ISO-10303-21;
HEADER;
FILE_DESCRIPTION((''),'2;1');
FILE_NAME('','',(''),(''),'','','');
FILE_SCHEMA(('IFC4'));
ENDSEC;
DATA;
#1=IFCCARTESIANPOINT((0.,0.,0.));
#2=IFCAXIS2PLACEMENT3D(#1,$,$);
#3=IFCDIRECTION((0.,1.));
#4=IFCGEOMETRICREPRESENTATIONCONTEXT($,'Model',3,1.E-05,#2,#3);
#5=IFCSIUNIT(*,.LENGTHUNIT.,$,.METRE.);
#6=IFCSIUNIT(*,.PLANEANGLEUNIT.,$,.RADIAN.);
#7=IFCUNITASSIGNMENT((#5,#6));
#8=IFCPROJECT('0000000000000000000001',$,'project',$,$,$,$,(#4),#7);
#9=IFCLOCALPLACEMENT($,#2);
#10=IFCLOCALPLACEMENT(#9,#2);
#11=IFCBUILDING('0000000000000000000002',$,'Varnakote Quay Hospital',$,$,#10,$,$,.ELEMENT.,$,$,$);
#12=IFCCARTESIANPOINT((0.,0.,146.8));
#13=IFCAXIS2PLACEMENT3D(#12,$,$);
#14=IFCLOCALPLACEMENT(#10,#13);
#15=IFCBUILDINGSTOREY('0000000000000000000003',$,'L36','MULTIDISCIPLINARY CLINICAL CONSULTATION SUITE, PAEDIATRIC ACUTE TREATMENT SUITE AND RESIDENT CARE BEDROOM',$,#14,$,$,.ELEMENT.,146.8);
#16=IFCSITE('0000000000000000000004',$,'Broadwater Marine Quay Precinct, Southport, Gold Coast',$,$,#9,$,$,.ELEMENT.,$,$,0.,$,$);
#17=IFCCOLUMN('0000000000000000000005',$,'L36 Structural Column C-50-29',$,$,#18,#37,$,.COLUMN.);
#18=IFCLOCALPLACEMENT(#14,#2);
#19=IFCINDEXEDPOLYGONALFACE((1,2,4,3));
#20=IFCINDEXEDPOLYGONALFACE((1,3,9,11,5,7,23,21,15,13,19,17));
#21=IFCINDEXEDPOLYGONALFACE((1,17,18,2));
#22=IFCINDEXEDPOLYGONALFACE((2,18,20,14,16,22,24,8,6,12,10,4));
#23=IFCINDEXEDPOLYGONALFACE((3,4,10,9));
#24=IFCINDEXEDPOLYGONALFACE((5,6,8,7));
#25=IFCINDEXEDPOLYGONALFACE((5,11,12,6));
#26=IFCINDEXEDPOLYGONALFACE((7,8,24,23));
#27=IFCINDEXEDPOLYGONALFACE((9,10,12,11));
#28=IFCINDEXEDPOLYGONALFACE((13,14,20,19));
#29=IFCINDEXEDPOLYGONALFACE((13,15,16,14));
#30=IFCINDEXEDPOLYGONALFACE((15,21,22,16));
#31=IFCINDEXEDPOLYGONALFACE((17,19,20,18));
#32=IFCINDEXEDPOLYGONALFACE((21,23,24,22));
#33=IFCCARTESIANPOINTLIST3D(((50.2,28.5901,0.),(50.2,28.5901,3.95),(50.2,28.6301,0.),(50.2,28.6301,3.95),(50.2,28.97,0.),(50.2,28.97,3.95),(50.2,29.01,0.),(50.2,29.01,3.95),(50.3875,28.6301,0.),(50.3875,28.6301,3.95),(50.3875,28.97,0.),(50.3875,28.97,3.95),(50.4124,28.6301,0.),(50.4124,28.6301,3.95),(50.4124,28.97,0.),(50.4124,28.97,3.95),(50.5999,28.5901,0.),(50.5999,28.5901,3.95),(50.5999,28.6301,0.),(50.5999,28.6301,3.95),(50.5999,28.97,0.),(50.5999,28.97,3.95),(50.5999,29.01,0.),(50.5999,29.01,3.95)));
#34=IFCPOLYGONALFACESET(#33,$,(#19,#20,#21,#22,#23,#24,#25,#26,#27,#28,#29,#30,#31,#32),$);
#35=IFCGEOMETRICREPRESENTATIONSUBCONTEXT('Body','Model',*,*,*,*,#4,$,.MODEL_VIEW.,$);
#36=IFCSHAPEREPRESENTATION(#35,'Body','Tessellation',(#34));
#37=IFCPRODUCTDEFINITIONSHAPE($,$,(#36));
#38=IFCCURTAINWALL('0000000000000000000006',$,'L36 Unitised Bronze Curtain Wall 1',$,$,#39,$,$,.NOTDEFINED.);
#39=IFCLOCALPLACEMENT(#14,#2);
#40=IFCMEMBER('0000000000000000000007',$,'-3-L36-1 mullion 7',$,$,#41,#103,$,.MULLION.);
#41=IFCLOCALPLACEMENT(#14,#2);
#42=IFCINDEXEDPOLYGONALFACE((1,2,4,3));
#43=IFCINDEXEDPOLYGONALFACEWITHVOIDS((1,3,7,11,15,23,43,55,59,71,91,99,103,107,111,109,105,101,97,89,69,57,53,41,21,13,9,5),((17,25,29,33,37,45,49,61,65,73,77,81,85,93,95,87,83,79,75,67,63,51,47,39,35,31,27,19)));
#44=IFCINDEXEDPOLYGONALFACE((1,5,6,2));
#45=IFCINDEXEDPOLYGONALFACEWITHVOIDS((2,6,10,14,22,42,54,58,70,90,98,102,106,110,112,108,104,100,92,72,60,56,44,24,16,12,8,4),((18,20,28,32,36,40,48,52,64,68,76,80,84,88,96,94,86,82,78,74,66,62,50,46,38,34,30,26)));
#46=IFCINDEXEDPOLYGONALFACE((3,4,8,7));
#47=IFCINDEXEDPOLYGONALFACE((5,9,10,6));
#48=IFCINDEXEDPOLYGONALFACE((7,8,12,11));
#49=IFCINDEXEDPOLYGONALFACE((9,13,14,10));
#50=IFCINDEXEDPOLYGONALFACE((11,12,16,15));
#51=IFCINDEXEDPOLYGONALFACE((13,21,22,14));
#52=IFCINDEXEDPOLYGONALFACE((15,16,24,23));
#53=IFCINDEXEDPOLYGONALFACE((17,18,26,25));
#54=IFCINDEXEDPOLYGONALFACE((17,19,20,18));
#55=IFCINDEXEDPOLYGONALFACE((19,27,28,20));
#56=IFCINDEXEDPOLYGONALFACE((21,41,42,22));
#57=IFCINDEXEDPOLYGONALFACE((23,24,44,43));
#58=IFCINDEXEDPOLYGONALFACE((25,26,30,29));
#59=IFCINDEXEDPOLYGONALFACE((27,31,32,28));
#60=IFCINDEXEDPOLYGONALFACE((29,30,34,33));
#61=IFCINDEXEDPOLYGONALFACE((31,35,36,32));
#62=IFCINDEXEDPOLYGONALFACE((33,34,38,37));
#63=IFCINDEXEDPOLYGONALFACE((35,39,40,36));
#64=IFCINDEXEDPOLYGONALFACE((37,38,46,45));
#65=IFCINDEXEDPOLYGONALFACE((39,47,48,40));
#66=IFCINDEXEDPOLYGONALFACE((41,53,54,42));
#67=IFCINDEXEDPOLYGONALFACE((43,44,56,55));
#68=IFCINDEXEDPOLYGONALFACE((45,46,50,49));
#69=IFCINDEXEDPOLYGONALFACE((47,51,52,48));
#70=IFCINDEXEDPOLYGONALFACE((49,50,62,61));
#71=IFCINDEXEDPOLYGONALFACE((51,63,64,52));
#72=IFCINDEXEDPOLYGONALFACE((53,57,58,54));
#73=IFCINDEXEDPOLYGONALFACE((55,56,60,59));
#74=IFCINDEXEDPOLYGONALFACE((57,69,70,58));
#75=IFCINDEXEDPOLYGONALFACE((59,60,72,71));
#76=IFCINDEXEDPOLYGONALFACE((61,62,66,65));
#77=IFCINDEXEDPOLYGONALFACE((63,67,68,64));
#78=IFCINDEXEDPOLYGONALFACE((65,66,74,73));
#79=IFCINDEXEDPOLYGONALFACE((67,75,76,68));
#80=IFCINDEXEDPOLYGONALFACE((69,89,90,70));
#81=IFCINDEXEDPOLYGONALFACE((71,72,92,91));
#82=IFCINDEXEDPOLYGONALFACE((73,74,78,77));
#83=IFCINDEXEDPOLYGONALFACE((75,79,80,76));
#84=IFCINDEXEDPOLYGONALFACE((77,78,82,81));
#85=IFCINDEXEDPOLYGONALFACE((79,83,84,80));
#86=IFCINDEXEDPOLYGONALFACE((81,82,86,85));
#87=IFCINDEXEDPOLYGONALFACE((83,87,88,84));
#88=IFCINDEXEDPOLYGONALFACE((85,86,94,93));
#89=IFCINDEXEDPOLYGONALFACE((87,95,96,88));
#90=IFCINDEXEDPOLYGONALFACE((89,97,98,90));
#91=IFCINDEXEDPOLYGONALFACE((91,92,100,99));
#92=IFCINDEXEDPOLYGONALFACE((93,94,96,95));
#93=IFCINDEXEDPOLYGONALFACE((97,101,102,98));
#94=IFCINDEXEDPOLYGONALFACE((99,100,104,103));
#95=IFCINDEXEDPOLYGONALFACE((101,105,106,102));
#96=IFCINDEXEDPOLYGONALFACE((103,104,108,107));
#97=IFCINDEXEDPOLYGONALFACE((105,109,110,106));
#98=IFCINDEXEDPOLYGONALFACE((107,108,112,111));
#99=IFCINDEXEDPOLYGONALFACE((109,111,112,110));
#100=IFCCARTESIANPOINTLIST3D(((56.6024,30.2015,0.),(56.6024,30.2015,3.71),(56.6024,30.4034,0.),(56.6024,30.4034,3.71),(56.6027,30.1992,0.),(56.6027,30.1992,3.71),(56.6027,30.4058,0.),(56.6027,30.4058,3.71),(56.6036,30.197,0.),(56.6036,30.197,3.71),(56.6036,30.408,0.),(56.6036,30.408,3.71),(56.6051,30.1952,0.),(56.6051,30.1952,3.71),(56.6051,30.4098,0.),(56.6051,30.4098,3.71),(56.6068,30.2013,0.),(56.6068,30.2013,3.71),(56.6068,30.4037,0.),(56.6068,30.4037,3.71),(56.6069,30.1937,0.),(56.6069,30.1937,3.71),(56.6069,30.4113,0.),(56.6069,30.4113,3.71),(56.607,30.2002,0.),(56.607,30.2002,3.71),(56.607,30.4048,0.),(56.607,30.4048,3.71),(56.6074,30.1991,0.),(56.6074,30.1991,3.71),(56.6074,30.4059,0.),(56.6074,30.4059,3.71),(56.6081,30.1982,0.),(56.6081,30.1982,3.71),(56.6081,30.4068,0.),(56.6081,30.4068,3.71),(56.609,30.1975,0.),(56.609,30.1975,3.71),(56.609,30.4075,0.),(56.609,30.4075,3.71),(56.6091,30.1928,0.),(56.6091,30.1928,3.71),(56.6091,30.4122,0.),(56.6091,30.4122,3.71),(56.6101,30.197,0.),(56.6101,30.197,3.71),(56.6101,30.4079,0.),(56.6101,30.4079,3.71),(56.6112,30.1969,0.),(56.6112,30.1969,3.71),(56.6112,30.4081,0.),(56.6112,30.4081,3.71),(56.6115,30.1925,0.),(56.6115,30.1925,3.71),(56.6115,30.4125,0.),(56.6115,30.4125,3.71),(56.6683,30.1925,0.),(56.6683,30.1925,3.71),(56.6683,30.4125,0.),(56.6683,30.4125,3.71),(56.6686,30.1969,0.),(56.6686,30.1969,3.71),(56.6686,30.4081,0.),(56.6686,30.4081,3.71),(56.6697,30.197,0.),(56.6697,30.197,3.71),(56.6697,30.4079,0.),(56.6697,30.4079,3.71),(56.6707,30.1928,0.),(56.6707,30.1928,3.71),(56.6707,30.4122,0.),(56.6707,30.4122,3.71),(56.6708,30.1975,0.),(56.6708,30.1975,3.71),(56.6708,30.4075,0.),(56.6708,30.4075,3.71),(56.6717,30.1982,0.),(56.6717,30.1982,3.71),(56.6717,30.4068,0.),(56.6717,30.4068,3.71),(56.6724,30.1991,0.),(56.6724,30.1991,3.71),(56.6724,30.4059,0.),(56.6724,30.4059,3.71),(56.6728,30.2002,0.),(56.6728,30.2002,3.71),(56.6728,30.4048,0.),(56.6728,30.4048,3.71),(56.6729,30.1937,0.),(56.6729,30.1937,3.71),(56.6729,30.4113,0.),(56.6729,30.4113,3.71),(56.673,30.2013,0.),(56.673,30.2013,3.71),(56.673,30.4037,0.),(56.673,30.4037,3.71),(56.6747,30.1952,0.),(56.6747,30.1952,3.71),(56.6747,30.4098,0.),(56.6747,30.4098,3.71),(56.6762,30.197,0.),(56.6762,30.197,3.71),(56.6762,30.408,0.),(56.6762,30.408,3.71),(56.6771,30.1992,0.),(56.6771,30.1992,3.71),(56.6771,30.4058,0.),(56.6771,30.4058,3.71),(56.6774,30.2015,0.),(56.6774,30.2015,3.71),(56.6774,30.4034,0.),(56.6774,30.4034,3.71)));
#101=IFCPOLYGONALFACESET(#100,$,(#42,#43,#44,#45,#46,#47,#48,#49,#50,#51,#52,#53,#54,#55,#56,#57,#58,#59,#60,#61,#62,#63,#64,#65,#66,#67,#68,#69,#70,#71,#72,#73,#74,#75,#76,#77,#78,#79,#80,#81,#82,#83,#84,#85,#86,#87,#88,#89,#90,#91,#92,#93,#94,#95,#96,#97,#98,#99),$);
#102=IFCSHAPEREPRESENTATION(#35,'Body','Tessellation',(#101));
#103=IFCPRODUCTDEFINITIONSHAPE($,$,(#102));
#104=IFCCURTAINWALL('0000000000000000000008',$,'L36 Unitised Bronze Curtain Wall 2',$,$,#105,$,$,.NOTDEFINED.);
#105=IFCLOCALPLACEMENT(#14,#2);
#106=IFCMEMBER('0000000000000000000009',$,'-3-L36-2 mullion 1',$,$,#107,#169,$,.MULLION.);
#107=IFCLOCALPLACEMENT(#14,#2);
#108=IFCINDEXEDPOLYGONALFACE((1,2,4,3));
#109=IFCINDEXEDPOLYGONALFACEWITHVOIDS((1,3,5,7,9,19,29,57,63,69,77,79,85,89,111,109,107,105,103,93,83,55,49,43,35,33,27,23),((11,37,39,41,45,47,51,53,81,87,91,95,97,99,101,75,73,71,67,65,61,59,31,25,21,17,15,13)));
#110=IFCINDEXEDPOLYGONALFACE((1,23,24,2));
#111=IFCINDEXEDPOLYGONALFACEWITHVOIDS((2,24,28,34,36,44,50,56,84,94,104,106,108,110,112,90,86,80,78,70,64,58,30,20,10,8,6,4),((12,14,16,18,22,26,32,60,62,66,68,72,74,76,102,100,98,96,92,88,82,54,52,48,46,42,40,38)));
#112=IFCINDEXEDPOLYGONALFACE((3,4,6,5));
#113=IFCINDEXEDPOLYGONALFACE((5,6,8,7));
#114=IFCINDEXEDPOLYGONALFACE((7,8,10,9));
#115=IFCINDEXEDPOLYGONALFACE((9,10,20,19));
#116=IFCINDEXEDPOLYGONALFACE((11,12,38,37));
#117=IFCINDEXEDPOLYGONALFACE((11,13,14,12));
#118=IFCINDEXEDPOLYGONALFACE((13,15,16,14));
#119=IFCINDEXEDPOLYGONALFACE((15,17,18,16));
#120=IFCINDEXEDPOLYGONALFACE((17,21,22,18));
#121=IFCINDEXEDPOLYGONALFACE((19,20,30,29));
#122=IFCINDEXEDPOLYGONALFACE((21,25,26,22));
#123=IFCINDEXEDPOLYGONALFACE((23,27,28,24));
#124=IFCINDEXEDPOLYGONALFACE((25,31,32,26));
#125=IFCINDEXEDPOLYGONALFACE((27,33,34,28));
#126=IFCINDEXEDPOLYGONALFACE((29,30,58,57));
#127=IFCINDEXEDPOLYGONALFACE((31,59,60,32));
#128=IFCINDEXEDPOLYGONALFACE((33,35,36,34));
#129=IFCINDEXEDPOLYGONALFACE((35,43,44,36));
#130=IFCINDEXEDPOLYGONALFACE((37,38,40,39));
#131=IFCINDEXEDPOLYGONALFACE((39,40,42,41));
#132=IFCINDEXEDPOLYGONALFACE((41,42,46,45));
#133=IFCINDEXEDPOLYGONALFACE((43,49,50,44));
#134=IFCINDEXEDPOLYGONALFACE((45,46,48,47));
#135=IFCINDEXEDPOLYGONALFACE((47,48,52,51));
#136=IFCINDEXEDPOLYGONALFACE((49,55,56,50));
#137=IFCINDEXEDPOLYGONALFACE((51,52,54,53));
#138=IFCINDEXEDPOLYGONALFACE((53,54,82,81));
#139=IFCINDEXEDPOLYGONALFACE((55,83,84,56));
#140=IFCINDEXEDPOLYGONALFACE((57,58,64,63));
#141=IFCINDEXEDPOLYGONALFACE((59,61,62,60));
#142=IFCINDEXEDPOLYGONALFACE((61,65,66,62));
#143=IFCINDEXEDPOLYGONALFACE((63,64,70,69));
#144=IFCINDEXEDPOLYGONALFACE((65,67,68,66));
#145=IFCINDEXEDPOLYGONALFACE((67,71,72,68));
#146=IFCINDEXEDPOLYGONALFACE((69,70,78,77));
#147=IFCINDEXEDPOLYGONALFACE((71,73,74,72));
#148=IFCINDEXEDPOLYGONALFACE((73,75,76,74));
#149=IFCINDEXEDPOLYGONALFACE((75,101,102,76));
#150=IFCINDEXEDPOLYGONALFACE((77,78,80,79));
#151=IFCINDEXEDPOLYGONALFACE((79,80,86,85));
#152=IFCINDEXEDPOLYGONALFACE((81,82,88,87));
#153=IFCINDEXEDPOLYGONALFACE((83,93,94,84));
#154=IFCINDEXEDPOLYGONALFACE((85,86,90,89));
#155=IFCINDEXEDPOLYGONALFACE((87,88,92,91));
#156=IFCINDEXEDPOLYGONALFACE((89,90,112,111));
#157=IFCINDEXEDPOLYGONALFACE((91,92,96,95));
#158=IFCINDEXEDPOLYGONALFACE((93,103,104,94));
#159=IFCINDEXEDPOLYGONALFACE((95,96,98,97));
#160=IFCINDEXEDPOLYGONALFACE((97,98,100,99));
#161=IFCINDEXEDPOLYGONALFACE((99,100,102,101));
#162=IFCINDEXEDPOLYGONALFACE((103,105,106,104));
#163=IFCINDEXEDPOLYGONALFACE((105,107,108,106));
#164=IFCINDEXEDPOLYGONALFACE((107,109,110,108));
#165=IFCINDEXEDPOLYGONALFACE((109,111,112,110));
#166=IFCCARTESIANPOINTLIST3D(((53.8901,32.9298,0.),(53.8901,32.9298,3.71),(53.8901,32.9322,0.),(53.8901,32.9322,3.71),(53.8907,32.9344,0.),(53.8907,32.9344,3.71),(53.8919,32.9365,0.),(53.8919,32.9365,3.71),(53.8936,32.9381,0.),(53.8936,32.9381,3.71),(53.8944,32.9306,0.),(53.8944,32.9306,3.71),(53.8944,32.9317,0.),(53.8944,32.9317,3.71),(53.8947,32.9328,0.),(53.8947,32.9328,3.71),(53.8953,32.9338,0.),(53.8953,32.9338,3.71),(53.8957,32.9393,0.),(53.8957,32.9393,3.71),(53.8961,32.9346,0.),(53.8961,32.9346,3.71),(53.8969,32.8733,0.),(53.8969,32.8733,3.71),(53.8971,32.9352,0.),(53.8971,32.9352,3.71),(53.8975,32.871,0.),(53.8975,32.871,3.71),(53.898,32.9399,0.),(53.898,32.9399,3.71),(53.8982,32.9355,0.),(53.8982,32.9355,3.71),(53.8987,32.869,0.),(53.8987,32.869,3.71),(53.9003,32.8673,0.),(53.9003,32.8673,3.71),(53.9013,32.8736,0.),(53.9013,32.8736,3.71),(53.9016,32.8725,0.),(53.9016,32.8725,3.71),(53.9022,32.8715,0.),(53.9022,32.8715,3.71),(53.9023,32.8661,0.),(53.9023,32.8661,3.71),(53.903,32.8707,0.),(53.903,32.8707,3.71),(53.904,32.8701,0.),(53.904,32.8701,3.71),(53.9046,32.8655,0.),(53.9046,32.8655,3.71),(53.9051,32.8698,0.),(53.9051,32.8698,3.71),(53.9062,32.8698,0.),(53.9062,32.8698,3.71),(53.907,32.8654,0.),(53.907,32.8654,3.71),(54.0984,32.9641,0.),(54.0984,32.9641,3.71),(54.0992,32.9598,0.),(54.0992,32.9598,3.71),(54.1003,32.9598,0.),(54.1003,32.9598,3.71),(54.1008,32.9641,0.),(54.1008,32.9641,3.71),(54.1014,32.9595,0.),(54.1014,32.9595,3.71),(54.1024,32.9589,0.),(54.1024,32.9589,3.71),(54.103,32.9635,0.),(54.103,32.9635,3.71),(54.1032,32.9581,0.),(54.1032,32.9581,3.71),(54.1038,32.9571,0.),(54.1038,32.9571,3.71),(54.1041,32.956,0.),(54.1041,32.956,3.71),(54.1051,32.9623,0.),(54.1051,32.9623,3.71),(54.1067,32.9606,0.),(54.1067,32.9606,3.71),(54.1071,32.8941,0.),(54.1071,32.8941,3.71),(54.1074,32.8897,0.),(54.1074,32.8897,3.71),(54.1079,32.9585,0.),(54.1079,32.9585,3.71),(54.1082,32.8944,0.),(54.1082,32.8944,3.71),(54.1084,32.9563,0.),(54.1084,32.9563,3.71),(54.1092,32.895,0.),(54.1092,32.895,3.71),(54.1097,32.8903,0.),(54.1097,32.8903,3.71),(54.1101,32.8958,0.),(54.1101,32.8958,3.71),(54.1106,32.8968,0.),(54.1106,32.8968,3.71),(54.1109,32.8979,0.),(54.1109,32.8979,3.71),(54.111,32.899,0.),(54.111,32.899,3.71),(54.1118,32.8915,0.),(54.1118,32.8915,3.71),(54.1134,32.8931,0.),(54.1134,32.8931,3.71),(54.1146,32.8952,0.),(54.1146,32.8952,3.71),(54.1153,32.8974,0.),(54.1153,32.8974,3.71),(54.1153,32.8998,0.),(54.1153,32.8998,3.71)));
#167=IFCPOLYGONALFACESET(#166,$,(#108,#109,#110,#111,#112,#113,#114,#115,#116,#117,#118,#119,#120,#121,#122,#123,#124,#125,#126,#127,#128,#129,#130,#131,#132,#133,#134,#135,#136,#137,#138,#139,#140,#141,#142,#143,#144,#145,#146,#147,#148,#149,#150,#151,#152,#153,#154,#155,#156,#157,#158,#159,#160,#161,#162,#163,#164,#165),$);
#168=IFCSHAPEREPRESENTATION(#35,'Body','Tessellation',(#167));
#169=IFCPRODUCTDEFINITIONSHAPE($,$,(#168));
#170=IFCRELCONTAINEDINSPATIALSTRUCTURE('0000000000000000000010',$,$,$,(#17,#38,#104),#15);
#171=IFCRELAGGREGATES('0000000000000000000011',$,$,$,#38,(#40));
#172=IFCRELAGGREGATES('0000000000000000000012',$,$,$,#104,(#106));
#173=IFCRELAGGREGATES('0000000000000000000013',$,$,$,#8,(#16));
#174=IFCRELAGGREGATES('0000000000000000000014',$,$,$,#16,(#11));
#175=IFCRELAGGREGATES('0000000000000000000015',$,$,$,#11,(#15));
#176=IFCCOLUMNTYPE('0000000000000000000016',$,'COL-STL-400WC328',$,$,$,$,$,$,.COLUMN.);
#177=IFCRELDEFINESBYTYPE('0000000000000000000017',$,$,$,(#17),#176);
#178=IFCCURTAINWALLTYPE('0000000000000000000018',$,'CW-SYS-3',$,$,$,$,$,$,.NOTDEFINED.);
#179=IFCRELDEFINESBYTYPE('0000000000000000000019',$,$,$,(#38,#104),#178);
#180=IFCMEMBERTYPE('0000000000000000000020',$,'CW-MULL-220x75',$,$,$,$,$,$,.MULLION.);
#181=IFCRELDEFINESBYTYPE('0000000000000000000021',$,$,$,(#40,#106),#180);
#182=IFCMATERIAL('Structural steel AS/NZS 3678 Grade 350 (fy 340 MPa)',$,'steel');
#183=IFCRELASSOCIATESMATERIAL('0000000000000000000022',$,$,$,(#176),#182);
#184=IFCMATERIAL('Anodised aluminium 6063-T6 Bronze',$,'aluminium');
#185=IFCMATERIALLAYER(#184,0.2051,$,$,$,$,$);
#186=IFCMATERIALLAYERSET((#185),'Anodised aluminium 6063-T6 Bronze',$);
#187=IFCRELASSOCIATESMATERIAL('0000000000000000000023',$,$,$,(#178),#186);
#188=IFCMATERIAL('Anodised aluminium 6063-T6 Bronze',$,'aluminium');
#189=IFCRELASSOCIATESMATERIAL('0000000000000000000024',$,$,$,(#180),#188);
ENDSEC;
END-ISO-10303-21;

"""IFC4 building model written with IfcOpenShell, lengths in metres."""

from ifc_helpers import new_model, si_unit, direction, frame, origin, origin_2d, place, context, subcontext, project, spatial, hollow_rectangle, i_section, extrude, material, layer, layer_set, material_profile, profile_set, type_object, element, aggregate, save


model = new_model("IFC4")

# Units and contexts
model_context = context("Model", 3, precision=1e-05, world=origin(), true_north=direction((0.0, 1.0)))
body_context = subcontext(model_context, "Body", "Model", "MODEL_VIEW")
ifc_project = project(units=[si_unit("LENGTHUNIT", "METRE"), si_unit("PLANEANGLEUNIT", "RADIAN")], contexts=[model_context])

# Site, building, storey
site_placement = place(None, origin())
site = spatial("IfcSite", under=ifc_project, at=site_placement, Name="Broadwater Marine Quay Precinct, Southport, Gold Coast", CompositionType="ELEMENT", RefElevation=0.0)
building_placement = place(site_placement, origin())
building = spatial("IfcBuilding", under=site, at=building_placement, Name="Varnakote Quay Hospital", CompositionType="ELEMENT")
storey_placement = place(building_placement, frame((0.0, 0.0, 146.8)))
storey = spatial("IfcBuildingStorey", under=building, at=storey_placement, Name="L36", Description="MULTIDISCIPLINARY CLINICAL CONSULTATION SUITE, PAEDIATRIC ACUTE TREATMENT SUITE AND RESIDENT CARE BEDROOM", CompositionType="ELEMENT", Elevation=146.8)

# Column
ifc_material_1 = material(Name="Structural steel AS/NZS 3678 Grade 350 (fy 340 MPa)", Category="steel")
ifc_material_profile_1 = material_profile(ifc_material_1, i_section(OverallWidth=0.3999, OverallDepth=0.4199, WebThickness=0.0249, FlangeThickness=0.04, at=origin_2d()), Name="400WC328")
ifc_profile_set_1 = profile_set([ifc_material_profile_1], Name="Structural steel AS/NZS 3678 Grade 350 (fy 340 MPa)")
column_type = type_object("IfcColumnType", Name="COL-STL-400WC328", PredefinedType="COLUMN", material=ifc_profile_set_1)
column_placement = place(storey_placement, frame((50.3999, 28.8, 0.0), z_axis=(0.0, 0.0, 1.0), x_axis=(1.0, 0.0, 0.0)))
element("IfcColumn", 1, at=column_placement, inside=storey, type_object=column_type, Name="L36 Structural Column C-50-29", PredefinedType="COLUMN", context=body_context, shape_type="SweptSolid", body=[
    extrude(i_section(OverallWidth=0.3999, OverallDepth=0.4199, WebThickness=0.0249, FlangeThickness=0.04, at=origin_2d()), origin(), (0.0, 0.0, 1.0), 3.95),
])

# Curtain wall, member
ifc_material_2 = material(Name="Anodised aluminium 6063-T6 Bronze", Category="aluminium")
ifc_layer_1 = layer(ifc_material_2, 0.2051)
ifc_layer_set_1 = layer_set([ifc_layer_1], Name="Anodised aluminium 6063-T6 Bronze")
curtain_wall_type = type_object("IfcCurtainWallType", Name="CW-SYS-3", PredefinedType="NOTDEFINED", material=ifc_layer_set_1)
curtain_wall_1_placement = place(storey_placement, origin())
curtain_wall_1 = element("IfcCurtainWall", 2, at=curtain_wall_1_placement, inside=storey, type_object=curtain_wall_type, Name="L36 Unitised Bronze Curtain Wall 1", PredefinedType="NOTDEFINED")
ifc_material_3 = material(Name="Anodised aluminium 6063-T6 Bronze", Category="aluminium")
ifc_material_profile_2 = material_profile(ifc_material_3, hollow_rectangle(XDim=0.075, YDim=0.22, WallThickness=0.0044, InnerFilletRadius=0.0044, OuterFilletRadius=0.009, at=origin_2d()), Name="CW-MULL-220x75")
ifc_profile_set_2 = profile_set([ifc_material_profile_2], Name="Anodised aluminium 6063-T6 Bronze")
member_type_1 = type_object("IfcMemberType", Name="CW-MULL-220x75", PredefinedType="MULLION", material=ifc_profile_set_2)
member_1_placement = place(storey_placement, frame((56.6399, 30.3025, 0.0), z_axis=(0.0, 0.0, 1.0), x_axis=(-1.0, 0.0, 0.0)))
member_1 = element("IfcMember", 3, at=member_1_placement, type_object=member_type_1, Name="-3-L36-1 mullion 7", PredefinedType="MULLION", context=body_context, shape_type="SweptSolid", body=[
    extrude(hollow_rectangle(XDim=0.075, YDim=0.22, WallThickness=0.0044, InnerFilletRadius=0.0044, OuterFilletRadius=0.009, at=origin_2d()), origin(), (0.0, 0.0, 1.0), 3.71),
])

# Curtain wall, member
curtain_wall_2_placement = place(storey_placement, origin())
curtain_wall_2 = element("IfcCurtainWall", 4, at=curtain_wall_2_placement, inside=storey, type_object=curtain_wall_type, Name="L36 Unitised Bronze Curtain Wall 2", PredefinedType="NOTDEFINED")
member_2_placement = place(storey_placement, frame((54.0027, 32.9148, 0.0), z_axis=(0.0, 0.0, 1.0), x_axis=(0.120327, -0.992734, 0.0)))
member_2 = element("IfcMember", 5, at=member_2_placement, type_object=member_type_1, Name="-3-L36-2 mullion 1", PredefinedType="MULLION", context=body_context, shape_type="SweptSolid", body=[
    extrude(hollow_rectangle(XDim=0.075, YDim=0.22, WallThickness=0.0044, InnerFilletRadius=0.0044, OuterFilletRadius=0.009, at=origin_2d()), origin(), (0.0, 0.0, 1.0), 3.71),
])

aggregate(curtain_wall_1, [member_1])
aggregate(curtain_wall_2, [member_2])

save(model, "model.ifc")
